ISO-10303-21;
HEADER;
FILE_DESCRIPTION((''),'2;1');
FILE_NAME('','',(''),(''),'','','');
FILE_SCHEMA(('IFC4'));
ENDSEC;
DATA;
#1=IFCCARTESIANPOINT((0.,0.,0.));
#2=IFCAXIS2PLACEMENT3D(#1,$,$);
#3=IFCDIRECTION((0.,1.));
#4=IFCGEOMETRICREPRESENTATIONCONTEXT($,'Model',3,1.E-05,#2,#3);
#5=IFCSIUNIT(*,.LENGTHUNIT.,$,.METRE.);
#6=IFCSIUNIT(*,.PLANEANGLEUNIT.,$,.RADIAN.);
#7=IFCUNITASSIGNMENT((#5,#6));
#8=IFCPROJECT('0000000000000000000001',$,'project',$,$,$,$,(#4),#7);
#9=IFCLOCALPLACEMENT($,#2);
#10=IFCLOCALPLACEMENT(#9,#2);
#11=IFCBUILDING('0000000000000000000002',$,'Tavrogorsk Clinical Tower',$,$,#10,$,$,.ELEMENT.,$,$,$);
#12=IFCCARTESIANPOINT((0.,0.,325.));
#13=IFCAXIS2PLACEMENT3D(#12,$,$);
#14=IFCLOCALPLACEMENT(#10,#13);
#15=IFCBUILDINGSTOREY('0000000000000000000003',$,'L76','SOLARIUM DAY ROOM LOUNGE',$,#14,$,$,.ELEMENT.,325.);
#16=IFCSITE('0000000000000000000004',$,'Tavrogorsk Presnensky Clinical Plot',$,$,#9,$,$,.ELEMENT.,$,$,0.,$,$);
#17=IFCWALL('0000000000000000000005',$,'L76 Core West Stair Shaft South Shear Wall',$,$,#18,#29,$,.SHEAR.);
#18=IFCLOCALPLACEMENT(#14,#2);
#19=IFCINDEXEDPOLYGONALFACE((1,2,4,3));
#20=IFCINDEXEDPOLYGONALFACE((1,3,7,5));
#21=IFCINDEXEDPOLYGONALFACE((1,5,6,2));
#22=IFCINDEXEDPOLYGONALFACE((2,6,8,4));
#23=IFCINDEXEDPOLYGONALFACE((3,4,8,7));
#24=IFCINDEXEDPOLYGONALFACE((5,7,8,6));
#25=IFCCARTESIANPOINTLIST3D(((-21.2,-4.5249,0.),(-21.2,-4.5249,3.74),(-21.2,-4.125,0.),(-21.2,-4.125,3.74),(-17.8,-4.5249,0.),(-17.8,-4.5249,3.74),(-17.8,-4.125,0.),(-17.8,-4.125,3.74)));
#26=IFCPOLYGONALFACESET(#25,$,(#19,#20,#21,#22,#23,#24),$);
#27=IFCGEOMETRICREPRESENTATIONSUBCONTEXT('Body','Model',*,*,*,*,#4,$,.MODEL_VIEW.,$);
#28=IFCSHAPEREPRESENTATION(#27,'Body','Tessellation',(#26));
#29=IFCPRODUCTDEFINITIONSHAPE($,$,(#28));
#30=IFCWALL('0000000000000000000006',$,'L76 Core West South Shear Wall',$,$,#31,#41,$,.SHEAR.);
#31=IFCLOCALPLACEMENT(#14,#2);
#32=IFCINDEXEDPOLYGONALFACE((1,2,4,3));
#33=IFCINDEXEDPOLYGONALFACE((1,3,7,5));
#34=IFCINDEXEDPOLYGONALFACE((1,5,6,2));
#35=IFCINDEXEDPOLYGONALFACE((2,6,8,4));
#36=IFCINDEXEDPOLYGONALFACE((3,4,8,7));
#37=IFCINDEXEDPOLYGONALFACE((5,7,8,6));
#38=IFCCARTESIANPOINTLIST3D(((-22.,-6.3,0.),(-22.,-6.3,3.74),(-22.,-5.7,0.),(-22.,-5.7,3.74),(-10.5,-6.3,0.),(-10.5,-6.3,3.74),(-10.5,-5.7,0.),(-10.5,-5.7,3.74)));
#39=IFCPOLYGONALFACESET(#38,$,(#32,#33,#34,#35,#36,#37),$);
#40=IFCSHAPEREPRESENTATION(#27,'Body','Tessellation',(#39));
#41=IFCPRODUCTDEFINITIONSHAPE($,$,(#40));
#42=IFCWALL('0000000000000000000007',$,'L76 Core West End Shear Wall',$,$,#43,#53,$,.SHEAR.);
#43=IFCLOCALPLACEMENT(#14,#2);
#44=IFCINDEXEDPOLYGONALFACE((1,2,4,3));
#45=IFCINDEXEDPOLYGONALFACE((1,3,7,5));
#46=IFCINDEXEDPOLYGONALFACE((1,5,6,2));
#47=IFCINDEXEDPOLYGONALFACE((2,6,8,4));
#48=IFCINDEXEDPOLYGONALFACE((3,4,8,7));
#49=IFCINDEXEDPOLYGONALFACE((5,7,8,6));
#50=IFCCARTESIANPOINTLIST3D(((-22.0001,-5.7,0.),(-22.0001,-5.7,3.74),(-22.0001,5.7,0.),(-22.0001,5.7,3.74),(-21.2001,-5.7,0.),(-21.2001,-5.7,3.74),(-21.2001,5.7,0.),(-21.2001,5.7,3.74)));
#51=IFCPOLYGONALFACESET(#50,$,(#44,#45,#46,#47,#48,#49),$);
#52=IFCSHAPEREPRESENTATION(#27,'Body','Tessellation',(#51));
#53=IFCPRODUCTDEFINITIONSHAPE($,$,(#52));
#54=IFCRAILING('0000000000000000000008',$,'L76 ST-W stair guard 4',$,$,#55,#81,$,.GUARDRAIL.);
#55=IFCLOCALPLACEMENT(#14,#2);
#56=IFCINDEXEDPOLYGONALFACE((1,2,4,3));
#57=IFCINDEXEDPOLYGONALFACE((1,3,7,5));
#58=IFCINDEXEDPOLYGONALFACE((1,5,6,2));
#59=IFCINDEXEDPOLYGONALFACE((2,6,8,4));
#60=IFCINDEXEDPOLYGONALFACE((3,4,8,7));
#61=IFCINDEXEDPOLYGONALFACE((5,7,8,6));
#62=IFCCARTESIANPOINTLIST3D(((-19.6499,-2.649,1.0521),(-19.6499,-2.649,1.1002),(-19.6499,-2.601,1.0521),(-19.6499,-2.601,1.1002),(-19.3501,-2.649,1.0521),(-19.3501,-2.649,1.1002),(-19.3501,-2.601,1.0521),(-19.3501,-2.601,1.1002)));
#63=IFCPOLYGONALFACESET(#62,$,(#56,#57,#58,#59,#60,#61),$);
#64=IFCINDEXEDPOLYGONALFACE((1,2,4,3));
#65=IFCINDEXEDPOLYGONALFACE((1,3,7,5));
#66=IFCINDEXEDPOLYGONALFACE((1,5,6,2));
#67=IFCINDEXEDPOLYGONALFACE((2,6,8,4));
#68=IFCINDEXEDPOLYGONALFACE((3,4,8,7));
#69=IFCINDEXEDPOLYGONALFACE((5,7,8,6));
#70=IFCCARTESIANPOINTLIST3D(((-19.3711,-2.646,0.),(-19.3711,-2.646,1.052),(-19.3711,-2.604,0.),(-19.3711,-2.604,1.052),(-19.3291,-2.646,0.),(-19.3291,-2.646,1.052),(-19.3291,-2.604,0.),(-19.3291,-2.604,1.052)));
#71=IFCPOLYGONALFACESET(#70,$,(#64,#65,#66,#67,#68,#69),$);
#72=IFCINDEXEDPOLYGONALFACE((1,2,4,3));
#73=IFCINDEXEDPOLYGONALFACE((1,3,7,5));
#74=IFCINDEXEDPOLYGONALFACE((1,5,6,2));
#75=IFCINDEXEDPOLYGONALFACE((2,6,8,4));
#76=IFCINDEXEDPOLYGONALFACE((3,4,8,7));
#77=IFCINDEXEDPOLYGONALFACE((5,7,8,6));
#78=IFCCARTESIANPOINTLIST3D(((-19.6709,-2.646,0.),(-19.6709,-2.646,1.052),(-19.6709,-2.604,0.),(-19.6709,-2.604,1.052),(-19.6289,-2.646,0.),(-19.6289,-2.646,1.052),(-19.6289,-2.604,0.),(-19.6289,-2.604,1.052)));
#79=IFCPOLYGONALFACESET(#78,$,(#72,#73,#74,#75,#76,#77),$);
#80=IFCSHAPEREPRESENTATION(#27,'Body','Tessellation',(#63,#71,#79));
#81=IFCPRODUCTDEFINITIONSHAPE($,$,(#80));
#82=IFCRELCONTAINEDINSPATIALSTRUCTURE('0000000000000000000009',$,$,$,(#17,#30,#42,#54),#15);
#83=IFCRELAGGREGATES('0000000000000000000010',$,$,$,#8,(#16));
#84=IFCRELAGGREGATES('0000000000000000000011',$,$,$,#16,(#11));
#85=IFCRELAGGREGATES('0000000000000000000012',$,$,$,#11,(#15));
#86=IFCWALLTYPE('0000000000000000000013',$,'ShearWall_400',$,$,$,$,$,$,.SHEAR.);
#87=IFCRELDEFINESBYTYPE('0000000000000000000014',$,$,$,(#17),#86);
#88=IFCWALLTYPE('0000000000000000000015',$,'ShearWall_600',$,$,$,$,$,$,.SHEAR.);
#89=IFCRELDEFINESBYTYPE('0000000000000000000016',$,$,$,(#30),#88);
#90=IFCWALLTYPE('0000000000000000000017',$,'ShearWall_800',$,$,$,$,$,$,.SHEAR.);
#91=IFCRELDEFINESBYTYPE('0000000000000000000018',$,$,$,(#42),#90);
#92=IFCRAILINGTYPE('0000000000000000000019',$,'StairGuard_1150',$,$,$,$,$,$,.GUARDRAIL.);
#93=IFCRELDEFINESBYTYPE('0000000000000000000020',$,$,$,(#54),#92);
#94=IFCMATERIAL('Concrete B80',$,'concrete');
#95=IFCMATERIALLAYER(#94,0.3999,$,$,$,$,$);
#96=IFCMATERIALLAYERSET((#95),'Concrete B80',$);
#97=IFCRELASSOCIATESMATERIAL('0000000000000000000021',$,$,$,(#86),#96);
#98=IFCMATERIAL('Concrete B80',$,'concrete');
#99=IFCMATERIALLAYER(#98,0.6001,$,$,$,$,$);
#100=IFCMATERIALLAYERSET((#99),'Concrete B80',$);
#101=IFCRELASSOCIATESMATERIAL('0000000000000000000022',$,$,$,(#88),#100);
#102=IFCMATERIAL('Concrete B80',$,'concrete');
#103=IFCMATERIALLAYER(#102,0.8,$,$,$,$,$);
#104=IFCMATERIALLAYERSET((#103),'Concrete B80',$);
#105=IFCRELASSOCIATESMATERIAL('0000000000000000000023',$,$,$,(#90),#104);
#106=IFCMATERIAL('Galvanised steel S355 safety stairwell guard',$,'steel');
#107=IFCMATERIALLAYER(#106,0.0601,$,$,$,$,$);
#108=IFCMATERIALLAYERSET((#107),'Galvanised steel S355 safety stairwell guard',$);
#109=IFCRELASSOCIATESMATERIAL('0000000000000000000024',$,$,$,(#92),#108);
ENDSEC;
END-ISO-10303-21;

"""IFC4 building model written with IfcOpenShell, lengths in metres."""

from ifc_helpers import new_model, si_unit, direction, frame, frame_2d, origin, origin_2d, place, context, subcontext, project, spatial, rectangle, extrude, material, layer, layer_set, type_object, element, save


model = new_model("IFC4")

# Units and contexts
model_context = context("Model", 3, precision=1e-05, world=origin(), true_north=direction((0.0, 1.0)))
body_context = subcontext(model_context, "Body", "Model", "MODEL_VIEW")
ifc_project = project(units=[si_unit("LENGTHUNIT", "METRE"), si_unit("PLANEANGLEUNIT", "RADIAN")], contexts=[model_context])

# Site, building, storey
site_placement = place(None, origin())
site = spatial("IfcSite", under=ifc_project, at=site_placement, Name="Tavrogorsk Presnensky Clinical Plot", CompositionType="ELEMENT", RefElevation=0.0)
building_placement = place(site_placement, origin())
building = spatial("IfcBuilding", under=site, at=building_placement, Name="Tavrogorsk Clinical Tower", CompositionType="ELEMENT")
storey_placement = place(building_placement, frame((0.0, 0.0, 325.0)))
storey = spatial("IfcBuildingStorey", under=building, at=storey_placement, Name="L76", Description="SOLARIUM DAY ROOM LOUNGE", CompositionType="ELEMENT", Elevation=325.0)

# Walls
ifc_material_1 = material(Name="Concrete B80", Category="concrete")
ifc_layer_1 = layer(ifc_material_1, 0.3999)
ifc_layer_set_1 = layer_set([ifc_layer_1], Name="Concrete B80")
wall_type_1 = type_object("IfcWallType", Name="ShearWall_400", PredefinedType="SHEAR", material=ifc_layer_set_1)
wall_1_placement = place(storey_placement, frame((-21.2, -4.325, 0.0), z_axis=(0.0, 0.0, 1.0), x_axis=(1.0, 0.0, 0.0)))
element("IfcWall", 1, at=wall_1_placement, inside=storey, type_object=wall_type_1, Name="L76 Core West Stair Shaft South Shear Wall", PredefinedType="SHEAR", context=body_context, shape_type="SweptSolid", body=[
    extrude(rectangle(XDim=3.3999, YDim=0.3999, at=frame_2d((1.7, 0.0))), origin(), (0.0, 0.0, 1.0), 3.74),
])
ifc_material_2 = material(Name="Concrete B80", Category="concrete")
ifc_layer_2 = layer(ifc_material_2, 0.6001)
ifc_layer_set_2 = layer_set([ifc_layer_2], Name="Concrete B80")
wall_type_2 = type_object("IfcWallType", Name="ShearWall_600", PredefinedType="SHEAR", material=ifc_layer_set_2)
wall_2_placement = place(storey_placement, frame((-22.0, -6.0, 0.0), z_axis=(0.0, 0.0, 1.0), x_axis=(1.0, 0.0, 0.0)))
element("IfcWall", 2, at=wall_2_placement, inside=storey, type_object=wall_type_2, Name="L76 Core West South Shear Wall", PredefinedType="SHEAR", context=body_context, shape_type="SweptSolid", body=[
    extrude(rectangle(XDim=11.5, YDim=0.6001, at=frame_2d((5.75, 0.0))), origin(), (0.0, 0.0, 1.0), 3.74),
])
ifc_material_3 = material(Name="Concrete B80", Category="concrete")
ifc_layer_3 = layer(ifc_material_3, 0.8)
ifc_layer_set_3 = layer_set([ifc_layer_3], Name="Concrete B80")
wall_type_3 = type_object("IfcWallType", Name="ShearWall_800", PredefinedType="SHEAR", material=ifc_layer_set_3)
wall_3_placement = place(storey_placement, frame((-21.6001, -5.7, 0.0), z_axis=(0.0, 0.0, 1.0), x_axis=(0.0, 1.0, 0.0)))
element("IfcWall", 3, at=wall_3_placement, inside=storey, type_object=wall_type_3, Name="L76 Core West End Shear Wall", PredefinedType="SHEAR", context=body_context, shape_type="SweptSolid", body=[
    extrude(rectangle(XDim=11.3999, YDim=0.8, at=frame_2d((5.7, 0.0))), origin(), (0.0, 0.0, 1.0), 3.74),
])

# Railing
ifc_material_4 = material(Name="Galvanised steel S355 safety stairwell guard", Category="steel")
ifc_layer_4 = layer(ifc_material_4, 0.0601)
ifc_layer_set_4 = layer_set([ifc_layer_4], Name="Galvanised steel S355 safety stairwell guard")
railing_type = type_object("IfcRailingType", Name="StairGuard_1150", PredefinedType="GUARDRAIL", material=ifc_layer_set_4)
railing_placement = place(storey_placement, frame((-19.3501, -2.625, 0.0)))
element("IfcRailing", 4, at=railing_placement, inside=storey, type_object=railing_type, Name="L76 ST-W stair guard 4", PredefinedType="GUARDRAIL", context=body_context, shape_type="SweptSolid", body=[
    extrude(rectangle(XDim=0.0481, YDim=0.0481, at=origin_2d()), frame((0.0, 0.0, 1.0762), z_axis=(-1.0, 0.0, 0.0), x_axis=(0.0, -1.0, 0.0)), (0.0, 0.0, 1.0), 0.2998),
    extrude(rectangle(XDim=0.042, YDim=0.042, at=origin_2d()), origin(), (0.0, 0.0, 1.0), 1.052),
    extrude(rectangle(XDim=0.042, YDim=0.042, at=origin_2d()), frame((-0.2998, 0.0, 0.0)), (0.0, 0.0, 1.0), 1.052),
])

save(model, "model.ifc")
